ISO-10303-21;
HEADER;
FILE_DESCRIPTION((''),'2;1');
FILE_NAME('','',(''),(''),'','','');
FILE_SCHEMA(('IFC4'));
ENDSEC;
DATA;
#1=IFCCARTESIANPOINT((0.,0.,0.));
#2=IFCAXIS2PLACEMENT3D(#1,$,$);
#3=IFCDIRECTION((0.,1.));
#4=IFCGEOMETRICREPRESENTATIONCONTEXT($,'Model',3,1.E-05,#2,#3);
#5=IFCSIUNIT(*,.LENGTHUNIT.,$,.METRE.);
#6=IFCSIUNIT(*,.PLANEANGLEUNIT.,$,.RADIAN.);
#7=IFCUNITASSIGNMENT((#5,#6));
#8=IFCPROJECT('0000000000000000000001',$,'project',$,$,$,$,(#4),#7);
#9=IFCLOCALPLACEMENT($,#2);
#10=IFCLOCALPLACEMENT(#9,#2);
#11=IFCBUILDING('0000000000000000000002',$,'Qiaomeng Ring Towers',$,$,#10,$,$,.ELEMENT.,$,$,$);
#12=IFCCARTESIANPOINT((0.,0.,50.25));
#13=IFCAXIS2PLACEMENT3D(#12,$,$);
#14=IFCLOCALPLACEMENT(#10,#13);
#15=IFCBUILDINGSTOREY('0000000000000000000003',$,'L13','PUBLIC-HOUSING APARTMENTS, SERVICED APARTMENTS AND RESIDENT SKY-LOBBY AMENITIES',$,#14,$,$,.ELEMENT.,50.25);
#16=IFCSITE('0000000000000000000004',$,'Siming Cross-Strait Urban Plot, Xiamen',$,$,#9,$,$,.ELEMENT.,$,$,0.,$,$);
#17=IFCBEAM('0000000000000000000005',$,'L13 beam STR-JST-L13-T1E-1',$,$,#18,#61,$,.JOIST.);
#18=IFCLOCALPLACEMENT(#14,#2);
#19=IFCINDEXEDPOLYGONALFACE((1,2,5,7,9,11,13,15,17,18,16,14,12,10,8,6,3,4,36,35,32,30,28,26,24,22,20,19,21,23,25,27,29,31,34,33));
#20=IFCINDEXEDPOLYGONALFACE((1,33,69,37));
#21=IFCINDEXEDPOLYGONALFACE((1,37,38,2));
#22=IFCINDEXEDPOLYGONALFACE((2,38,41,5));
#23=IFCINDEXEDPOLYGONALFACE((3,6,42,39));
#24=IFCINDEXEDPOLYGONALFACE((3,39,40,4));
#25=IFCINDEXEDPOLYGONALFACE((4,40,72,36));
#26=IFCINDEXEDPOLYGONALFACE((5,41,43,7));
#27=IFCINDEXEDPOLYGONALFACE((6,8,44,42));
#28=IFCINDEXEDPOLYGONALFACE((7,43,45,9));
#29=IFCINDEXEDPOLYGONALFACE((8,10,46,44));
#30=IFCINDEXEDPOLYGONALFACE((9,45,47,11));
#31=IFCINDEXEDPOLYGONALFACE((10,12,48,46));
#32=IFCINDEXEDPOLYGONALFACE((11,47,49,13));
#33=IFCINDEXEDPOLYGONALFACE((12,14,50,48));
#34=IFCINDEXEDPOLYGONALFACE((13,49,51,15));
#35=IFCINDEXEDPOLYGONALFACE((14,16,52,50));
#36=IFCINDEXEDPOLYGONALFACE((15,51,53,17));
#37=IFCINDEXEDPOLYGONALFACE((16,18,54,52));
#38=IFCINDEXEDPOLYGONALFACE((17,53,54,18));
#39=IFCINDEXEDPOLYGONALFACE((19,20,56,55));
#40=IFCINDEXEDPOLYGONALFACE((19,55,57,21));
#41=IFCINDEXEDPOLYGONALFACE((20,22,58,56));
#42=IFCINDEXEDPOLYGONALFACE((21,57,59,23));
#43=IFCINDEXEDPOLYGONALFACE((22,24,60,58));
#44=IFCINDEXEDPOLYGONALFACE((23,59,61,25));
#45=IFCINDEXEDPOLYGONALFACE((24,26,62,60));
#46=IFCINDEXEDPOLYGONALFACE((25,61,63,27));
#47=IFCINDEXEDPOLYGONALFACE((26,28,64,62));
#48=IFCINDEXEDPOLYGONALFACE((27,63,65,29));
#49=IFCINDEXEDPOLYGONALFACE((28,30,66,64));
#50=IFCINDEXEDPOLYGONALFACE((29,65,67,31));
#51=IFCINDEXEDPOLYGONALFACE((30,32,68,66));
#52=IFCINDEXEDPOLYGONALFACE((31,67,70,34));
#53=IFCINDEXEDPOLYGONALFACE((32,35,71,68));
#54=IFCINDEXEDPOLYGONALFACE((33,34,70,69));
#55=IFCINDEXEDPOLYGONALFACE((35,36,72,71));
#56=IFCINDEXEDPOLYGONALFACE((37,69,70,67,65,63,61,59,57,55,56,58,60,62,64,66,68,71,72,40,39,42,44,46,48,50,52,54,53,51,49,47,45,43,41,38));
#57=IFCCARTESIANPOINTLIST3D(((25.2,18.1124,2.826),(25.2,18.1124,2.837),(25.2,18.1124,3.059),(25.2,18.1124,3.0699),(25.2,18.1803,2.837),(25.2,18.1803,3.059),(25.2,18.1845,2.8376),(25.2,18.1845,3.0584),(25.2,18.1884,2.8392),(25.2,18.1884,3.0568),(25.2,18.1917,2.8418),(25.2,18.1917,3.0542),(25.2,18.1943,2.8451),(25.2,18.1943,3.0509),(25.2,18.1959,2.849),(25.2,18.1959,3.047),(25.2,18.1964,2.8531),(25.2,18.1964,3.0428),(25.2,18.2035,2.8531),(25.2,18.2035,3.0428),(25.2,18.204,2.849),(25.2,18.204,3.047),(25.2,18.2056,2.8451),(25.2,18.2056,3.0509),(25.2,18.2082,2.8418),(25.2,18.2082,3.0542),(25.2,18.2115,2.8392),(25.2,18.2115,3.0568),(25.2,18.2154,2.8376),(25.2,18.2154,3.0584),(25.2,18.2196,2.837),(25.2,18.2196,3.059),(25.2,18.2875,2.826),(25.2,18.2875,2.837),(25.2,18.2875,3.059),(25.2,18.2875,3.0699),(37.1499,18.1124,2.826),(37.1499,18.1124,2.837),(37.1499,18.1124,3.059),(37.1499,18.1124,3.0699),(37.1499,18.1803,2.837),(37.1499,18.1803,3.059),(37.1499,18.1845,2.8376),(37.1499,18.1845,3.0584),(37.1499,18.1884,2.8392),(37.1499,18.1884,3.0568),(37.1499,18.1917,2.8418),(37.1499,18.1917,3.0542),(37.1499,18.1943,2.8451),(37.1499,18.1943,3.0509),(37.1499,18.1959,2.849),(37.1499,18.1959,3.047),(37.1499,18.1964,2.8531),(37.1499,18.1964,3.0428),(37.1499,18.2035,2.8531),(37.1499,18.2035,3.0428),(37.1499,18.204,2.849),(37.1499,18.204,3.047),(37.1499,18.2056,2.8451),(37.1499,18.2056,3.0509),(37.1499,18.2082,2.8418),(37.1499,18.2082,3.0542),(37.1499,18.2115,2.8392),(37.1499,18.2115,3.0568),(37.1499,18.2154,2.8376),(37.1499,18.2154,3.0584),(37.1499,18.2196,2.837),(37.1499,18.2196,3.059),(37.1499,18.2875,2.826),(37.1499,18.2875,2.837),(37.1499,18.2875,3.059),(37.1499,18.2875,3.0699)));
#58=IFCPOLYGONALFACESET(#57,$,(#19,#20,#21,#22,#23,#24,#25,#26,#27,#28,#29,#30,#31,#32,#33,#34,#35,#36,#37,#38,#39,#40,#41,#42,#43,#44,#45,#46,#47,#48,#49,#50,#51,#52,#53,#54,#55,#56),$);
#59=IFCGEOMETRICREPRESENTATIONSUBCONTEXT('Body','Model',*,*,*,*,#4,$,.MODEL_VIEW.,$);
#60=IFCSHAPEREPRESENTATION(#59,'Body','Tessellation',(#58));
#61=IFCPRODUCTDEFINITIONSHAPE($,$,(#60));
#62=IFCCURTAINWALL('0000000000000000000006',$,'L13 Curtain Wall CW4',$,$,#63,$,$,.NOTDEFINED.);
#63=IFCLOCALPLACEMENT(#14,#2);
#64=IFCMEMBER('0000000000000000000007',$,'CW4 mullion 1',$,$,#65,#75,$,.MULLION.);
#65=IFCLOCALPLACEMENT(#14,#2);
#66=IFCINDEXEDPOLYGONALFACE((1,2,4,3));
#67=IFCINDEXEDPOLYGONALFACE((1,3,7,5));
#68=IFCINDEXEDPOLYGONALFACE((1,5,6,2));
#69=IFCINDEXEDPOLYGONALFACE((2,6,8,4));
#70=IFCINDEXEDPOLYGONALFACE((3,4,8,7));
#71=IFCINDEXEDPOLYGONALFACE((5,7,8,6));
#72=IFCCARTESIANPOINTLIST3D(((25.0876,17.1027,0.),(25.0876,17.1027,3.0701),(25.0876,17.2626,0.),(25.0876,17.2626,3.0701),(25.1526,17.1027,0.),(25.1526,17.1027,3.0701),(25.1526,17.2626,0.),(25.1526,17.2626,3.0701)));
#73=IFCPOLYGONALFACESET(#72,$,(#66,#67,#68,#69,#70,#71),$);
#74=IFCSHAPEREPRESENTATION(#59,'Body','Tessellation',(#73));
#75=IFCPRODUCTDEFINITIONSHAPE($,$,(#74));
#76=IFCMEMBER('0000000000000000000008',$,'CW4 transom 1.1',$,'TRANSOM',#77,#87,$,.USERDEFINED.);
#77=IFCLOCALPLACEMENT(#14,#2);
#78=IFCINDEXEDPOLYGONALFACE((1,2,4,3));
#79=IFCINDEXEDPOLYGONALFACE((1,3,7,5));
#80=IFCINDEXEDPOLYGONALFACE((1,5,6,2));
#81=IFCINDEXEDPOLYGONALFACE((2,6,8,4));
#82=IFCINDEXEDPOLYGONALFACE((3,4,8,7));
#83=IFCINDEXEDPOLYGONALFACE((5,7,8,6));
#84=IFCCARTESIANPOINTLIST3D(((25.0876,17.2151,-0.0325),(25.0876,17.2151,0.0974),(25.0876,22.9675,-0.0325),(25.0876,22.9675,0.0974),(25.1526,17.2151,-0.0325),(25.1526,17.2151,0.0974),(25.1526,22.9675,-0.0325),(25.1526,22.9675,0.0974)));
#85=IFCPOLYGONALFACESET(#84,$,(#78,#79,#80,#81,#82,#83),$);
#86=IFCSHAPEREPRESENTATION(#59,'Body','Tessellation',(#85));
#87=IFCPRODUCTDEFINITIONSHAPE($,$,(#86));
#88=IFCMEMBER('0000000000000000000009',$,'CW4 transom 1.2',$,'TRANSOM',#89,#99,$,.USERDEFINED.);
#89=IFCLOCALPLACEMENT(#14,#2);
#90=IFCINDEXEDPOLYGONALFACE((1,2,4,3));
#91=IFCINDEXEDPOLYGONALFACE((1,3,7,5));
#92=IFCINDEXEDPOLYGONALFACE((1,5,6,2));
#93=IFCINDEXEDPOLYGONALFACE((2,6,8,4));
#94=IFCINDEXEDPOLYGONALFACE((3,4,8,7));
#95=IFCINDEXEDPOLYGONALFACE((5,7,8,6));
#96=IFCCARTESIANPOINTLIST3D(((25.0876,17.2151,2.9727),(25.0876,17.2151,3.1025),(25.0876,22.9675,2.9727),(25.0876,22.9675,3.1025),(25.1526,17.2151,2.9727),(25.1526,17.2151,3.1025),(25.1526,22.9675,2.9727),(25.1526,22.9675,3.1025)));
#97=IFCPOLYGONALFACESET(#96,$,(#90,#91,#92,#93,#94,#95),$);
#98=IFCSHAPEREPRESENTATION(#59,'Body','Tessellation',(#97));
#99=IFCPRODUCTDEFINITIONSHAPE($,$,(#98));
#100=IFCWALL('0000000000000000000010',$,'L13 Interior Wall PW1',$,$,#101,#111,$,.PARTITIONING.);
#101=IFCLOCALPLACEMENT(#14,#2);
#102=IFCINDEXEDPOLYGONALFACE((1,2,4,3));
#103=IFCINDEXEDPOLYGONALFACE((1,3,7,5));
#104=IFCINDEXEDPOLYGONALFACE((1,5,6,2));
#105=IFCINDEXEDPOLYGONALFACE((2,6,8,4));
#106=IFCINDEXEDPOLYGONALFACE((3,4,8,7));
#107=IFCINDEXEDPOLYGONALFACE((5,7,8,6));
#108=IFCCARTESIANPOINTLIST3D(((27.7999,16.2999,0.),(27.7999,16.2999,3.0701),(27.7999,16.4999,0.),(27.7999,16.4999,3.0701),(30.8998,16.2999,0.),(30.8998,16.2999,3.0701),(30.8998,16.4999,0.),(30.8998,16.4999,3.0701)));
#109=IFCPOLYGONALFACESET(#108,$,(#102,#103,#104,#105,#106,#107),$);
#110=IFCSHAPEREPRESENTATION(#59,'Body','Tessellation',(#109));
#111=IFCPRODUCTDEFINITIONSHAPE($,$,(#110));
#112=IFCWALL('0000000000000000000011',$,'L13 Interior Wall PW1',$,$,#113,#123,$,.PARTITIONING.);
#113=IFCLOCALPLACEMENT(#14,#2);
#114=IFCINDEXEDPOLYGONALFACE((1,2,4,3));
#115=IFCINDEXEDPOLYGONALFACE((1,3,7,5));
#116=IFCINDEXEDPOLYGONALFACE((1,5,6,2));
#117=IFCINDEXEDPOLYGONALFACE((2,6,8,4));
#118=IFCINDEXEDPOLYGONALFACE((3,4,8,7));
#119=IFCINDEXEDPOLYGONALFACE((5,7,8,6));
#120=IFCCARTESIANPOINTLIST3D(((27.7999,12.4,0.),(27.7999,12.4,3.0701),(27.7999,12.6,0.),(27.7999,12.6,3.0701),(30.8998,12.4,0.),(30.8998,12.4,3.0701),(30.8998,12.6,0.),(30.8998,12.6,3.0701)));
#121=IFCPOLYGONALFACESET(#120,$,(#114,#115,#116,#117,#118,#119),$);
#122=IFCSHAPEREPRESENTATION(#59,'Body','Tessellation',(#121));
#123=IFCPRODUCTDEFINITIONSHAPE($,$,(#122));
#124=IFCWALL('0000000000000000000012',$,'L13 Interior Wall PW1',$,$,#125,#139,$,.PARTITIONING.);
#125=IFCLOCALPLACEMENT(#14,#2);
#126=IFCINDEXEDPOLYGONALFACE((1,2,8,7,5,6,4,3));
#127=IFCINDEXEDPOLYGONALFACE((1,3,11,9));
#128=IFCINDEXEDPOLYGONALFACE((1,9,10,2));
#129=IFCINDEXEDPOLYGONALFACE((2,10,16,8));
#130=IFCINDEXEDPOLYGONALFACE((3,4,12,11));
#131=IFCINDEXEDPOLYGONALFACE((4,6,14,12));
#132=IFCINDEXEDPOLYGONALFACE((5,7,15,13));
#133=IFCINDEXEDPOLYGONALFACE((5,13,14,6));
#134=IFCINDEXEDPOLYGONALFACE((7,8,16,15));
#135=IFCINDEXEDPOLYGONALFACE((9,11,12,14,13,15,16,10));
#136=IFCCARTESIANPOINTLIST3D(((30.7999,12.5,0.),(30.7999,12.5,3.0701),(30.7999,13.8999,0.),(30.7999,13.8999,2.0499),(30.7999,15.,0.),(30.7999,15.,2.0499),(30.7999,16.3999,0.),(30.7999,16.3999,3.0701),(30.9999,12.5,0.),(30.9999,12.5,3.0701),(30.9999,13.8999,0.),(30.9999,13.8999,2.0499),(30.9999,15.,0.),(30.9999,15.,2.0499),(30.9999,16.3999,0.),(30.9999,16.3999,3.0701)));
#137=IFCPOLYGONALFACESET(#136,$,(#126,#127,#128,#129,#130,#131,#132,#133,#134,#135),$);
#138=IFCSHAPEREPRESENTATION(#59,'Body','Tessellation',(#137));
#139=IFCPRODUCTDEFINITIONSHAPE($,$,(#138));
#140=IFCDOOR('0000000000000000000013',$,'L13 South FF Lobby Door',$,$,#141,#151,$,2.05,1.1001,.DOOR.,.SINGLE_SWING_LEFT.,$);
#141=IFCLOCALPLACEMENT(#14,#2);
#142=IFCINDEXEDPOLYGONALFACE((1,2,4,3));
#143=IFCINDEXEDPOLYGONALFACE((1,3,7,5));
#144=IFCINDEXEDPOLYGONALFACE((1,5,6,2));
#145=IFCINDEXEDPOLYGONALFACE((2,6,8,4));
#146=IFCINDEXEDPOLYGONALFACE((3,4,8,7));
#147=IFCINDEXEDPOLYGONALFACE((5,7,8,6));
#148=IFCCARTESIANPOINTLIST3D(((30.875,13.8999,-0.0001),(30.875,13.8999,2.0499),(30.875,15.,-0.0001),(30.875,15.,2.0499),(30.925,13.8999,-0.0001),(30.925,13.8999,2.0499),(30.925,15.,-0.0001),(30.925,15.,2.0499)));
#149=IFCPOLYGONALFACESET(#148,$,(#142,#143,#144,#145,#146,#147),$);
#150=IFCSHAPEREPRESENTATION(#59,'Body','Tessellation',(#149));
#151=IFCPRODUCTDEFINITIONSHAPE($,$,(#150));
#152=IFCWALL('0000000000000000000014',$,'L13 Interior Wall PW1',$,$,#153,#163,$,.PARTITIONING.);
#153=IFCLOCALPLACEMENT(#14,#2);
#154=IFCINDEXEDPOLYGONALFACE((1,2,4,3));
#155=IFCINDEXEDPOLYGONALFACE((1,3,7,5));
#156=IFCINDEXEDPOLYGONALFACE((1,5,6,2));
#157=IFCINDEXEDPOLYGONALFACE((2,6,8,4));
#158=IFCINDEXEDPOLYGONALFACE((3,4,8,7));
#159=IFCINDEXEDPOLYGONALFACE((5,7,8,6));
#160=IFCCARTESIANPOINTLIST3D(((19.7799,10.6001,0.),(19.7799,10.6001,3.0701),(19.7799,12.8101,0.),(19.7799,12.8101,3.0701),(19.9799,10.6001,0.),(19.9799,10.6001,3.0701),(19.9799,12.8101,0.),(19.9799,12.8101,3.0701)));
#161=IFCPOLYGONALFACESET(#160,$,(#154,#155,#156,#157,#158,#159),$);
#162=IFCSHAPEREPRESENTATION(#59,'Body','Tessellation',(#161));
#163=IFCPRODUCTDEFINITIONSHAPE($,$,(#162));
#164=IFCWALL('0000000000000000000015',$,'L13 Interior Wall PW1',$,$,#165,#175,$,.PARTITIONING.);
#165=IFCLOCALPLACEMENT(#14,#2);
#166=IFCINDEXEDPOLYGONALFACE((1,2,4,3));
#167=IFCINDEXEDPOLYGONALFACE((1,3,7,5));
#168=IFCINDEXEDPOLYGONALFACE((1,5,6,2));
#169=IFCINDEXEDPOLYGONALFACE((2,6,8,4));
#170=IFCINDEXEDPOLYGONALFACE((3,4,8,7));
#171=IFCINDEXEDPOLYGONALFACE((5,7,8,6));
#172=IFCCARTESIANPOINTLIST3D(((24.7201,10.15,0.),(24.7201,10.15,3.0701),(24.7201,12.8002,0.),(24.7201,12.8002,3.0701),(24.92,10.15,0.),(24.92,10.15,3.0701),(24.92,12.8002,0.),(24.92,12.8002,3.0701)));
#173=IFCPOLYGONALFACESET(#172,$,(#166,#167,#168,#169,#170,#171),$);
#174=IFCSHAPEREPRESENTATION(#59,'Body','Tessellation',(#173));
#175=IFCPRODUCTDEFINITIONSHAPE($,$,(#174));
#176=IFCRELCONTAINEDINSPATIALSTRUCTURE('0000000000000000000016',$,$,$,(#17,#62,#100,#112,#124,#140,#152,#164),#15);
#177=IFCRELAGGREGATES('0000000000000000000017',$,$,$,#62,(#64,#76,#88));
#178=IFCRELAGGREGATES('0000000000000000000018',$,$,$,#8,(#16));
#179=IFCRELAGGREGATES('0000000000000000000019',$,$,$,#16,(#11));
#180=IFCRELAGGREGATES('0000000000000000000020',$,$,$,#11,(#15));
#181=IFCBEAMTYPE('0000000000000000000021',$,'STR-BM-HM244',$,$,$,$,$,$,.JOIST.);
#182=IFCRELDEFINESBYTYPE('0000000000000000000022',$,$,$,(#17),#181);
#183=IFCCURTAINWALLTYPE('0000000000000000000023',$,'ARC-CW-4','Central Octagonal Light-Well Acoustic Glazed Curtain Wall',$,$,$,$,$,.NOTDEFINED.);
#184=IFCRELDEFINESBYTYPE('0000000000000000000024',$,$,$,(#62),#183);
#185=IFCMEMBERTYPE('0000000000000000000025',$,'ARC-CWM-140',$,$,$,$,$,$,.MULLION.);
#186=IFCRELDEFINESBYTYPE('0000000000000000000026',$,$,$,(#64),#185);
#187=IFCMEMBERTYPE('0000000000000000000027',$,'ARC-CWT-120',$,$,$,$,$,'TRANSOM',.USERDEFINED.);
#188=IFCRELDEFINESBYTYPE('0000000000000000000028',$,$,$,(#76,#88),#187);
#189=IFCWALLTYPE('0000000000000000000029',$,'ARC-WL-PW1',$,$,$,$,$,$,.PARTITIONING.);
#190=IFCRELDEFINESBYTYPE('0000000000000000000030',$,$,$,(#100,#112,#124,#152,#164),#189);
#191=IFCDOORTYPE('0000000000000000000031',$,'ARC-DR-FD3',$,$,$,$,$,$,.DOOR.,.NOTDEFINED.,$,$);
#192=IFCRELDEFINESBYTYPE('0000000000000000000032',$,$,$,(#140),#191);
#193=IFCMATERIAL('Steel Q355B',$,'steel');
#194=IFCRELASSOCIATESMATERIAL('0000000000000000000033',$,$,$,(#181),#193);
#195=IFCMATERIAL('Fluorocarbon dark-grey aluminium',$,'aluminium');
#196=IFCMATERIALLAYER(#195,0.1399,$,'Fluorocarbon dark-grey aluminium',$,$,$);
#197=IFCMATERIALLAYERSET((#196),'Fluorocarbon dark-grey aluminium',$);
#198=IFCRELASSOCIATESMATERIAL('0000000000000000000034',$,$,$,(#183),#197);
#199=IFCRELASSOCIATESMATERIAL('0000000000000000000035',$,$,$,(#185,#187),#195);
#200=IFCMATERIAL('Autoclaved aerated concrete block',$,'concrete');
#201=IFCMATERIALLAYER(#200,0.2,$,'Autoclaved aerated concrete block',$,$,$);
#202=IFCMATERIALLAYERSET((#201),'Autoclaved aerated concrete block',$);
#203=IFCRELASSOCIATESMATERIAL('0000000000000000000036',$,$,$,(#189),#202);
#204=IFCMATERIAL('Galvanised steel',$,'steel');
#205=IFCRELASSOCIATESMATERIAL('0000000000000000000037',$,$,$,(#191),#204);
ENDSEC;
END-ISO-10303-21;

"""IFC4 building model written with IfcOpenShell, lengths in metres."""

from ifc_helpers import new_model, si_unit, direction, frame, frame_2d, origin, origin_2d, place, context, subcontext, project, spatial, rectangle, i_section, extrude, source, transform, mapped, material, layer, layer_set, material_profile, profile_set, type_object, element, fill, aggregate, save


model = new_model("IFC4")

# Units and contexts
model_context = context("Model", 3, precision=1e-05, world=origin(), true_north=direction((0.0, 1.0)))
body_context = subcontext(model_context, "Body", "Model", "MODEL_VIEW")
ifc_project = project(units=[si_unit("LENGTHUNIT", "METRE"), si_unit("PLANEANGLEUNIT", "RADIAN")], contexts=[model_context])

# Site, building, storey
site_placement = place(None, origin())
site = spatial("IfcSite", under=ifc_project, at=site_placement, Name="Siming Cross-Strait Urban Plot, Xiamen", CompositionType="ELEMENT", RefElevation=0.0)
building_placement = place(site_placement, origin())
building = spatial("IfcBuilding", under=site, at=building_placement, Name="Qiaomeng Ring Towers", CompositionType="ELEMENT")
storey_placement = place(building_placement, frame((0.0, 0.0, 50.25)))
storey = spatial("IfcBuildingStorey", under=building, at=storey_placement, Name="L13", Description="PUBLIC-HOUSING APARTMENTS, SERVICED APARTMENTS AND RESIDENT SKY-LOBBY AMENITIES", CompositionType="ELEMENT", Elevation=50.25)

# Beam
ifc_material_1 = material(Name="Steel Q355B", Category="steel")
ifc_material_profile_1 = material_profile(ifc_material_1, i_section(OverallWidth=0.175, OverallDepth=0.2439, WebThickness=0.0071, FlangeThickness=0.011, FilletRadius=0.0161, at=origin_2d()), Name="HM 244x175x7x11")
ifc_profile_set_1 = profile_set([ifc_material_profile_1], Name="Steel Q355B")
beam_type_1 = type_object("IfcBeamType", Name="STR-BM-HM244", PredefinedType="JOIST", material=ifc_profile_set_1)
shared_shape_1 = source(origin(), body_context, "Body", "SweptSolid", [
    extrude(i_section(OverallWidth=0.175, OverallDepth=0.2439, WebThickness=0.0071, FlangeThickness=0.011, FilletRadius=0.0161, at=origin_2d()), origin(), (0.0, 0.0, 1.0), 11.95),
])
beam_1_placement = place(storey_placement, frame((25.2, 18.2, 2.948), z_axis=(1.0, 0.0, 0.0), x_axis=(0.0, 1.0, 0.0)))
element("IfcBeam", 1, at=beam_1_placement, inside=storey, type_object=beam_type_1, Name="L13 beam STR-JST-L13-T1E-1", PredefinedType="JOIST", context=body_context, shape_type="MappedRepresentation", body=[
    mapped(shared_shape_1, transform((0.0, 0.0, 0.0), x_axis=(1.0, 0.0, 0.0), y_axis=(0.0, 1.0, 0.0), z_axis=(0.0, 0.0, 1.0), scale=1.0)),
])

# Curtain wall, members
ifc_material_2 = material(Name="Fluorocarbon dark-grey aluminium", Category="aluminium")
ifc_layer_1 = layer(ifc_material_2, 0.1399, Name="Fluorocarbon dark-grey aluminium")
ifc_layer_set_1 = layer_set([ifc_layer_1], Name="Fluorocarbon dark-grey aluminium")
curtain_wall_type = type_object("IfcCurtainWallType", Name="ARC-CW-4", Description="Central Octagonal Light-Well Acoustic Glazed Curtain Wall", PredefinedType="NOTDEFINED", material=ifc_layer_set_1)
curtain_wall_placement = place(storey_placement, origin())
curtain_wall = element("IfcCurtainWall", 2, at=curtain_wall_placement, inside=storey, type_object=curtain_wall_type, Name="L13 Curtain Wall CW4", PredefinedType="NOTDEFINED")
ifc_material_profile_2 = material_profile(ifc_material_2, rectangle(XDim=0.0649, YDim=0.1599, at=origin_2d()), Name="ALU MULL 65x160")
ifc_profile_set_2 = profile_set([ifc_material_profile_2], Name="Fluorocarbon dark-grey aluminium")
member_type_1 = type_object("IfcMemberType", Name="ARC-CWM-140", PredefinedType="MULLION", material=ifc_profile_set_2)
shared_shape_2 = source(origin(), body_context, "Body", "SweptSolid", [
    extrude(rectangle(XDim=0.0649, YDim=0.1599, at=origin_2d()), origin(), (0.0, 0.0, 1.0), 3.0701),
])
member_1_placement = place(storey_placement, frame((25.1201, 17.1826, 0.0), z_axis=(0.0, 0.0, 1.0), x_axis=(-1.0, 0.0, 0.0)))
member_1 = element("IfcMember", 3, at=member_1_placement, type_object=member_type_1, Name="CW4 mullion 1", PredefinedType="MULLION", context=body_context, shape_type="MappedRepresentation", body=[
    mapped(shared_shape_2, transform((0.0, 0.0, 0.0), x_axis=(1.0, 0.0, 0.0), y_axis=(0.0, 1.0, 0.0), z_axis=(0.0, 0.0, 1.0), scale=1.0)),
])
ifc_material_profile_3 = material_profile(ifc_material_2, rectangle(XDim=0.0649, YDim=0.1299, at=origin_2d()), Name="ALU TRAN 65x130")
ifc_profile_set_3 = profile_set([ifc_material_profile_3], Name="Fluorocarbon dark-grey aluminium")
member_type_2 = type_object("IfcMemberType", Name="ARC-CWT-120", ElementType="TRANSOM", PredefinedType="USERDEFINED", material=ifc_profile_set_3)
shared_shape_3 = source(origin(), body_context, "Body", "SweptSolid", [
    extrude(rectangle(XDim=0.0649, YDim=0.1299, at=origin_2d()), origin(), (0.0, 0.0, 1.0), 5.7524),
])
member_2_placement = place(storey_placement, frame((25.1201, 17.2151, 0.0325), z_axis=(0.0, 1.0, 0.0), x_axis=(-1.0, 0.0, 0.0)))
member_2 = element("IfcMember", 4, at=member_2_placement, type_object=member_type_2, Name="CW4 transom 1.1", ObjectType="TRANSOM", PredefinedType="USERDEFINED", context=body_context, shape_type="MappedRepresentation", body=[
    mapped(shared_shape_3, transform((0.0, 0.0, 0.0), x_axis=(1.0, 0.0, 0.0), y_axis=(0.0, 1.0, 0.0), z_axis=(0.0, 0.0, 1.0), scale=1.0)),
])
member_3_placement = place(storey_placement, frame((25.1201, 17.2151, 3.0376), z_axis=(0.0, 1.0, 0.0), x_axis=(-1.0, 0.0, 0.0)))
member_3 = element("IfcMember", 5, at=member_3_placement, type_object=member_type_2, Name="CW4 transom 1.2", ObjectType="TRANSOM", PredefinedType="USERDEFINED", context=body_context, shape_type="MappedRepresentation", body=[
    mapped(shared_shape_3, transform((0.0, 0.0, 0.0), x_axis=(1.0, 0.0, 0.0), y_axis=(0.0, 1.0, 0.0), z_axis=(0.0, 0.0, 1.0), scale=1.0)),
])
aggregate(curtain_wall, [member_1, member_2, member_3])

# Walls
ifc_material_3 = material(Name="Autoclaved aerated concrete block", Category="concrete")
ifc_layer_2 = layer(ifc_material_3, 0.2, Name="Autoclaved aerated concrete block")
ifc_layer_set_2 = layer_set([ifc_layer_2], Name="Autoclaved aerated concrete block")
wall_type_1 = type_object("IfcWallType", Name="ARC-WL-PW1", PredefinedType="PARTITIONING", material=ifc_layer_set_2)
for number, where, z_axis, x_axis, name in (
    (6, (27.8, 16.3999, 0.0), (0.0, 0.0, 1.0), (1.0, 0.0, 0.0), "L13 Interior Wall PW1"),
    (7, (27.8, 12.5, 0.0), (0.0, 0.0, 1.0), (1.0, 0.0, 0.0), "L13 Interior Wall PW1"),
):
    element("IfcWall", number, at=place(storey_placement, frame(where, z_axis=z_axis, x_axis=x_axis)), inside=storey, type_object=wall_type_1, Name=name, PredefinedType="PARTITIONING", context=body_context, shape_type="SweptSolid", body=[
        extrude(rectangle(XDim=3.0999, YDim=0.2, at=frame_2d((1.5498, 0.0))), origin(), (0.0, 0.0, 1.0), 3.0701),
    ])

# Wall, opening, door
wall_1_placement = place(storey_placement, frame((30.8999, 12.5, 0.0), z_axis=(0.0, 0.0, 1.0), x_axis=(0.0, 1.0, 0.0)))
wall_1 = element("IfcWall", 8, at=wall_1_placement, inside=storey, type_object=wall_type_1, Name="L13 Interior Wall PW1", PredefinedType="PARTITIONING", context=body_context, shape_type="SweptSolid", body=[
    extrude(rectangle(XDim=3.8999, YDim=0.2, at=frame_2d((1.95, 0.0))), origin(), (0.0, 0.0, 1.0), 3.0701),
])
opening_1_placement = place(wall_1_placement, frame((1.3999, 0.0, 0.0)))
opening_1 = element("IfcOpeningElement", 9, at=opening_1_placement, cuts=wall_1, PredefinedType="OPENING", context=body_context, shape_type="SweptSolid", body=[
    extrude(rectangle(XDim=1.1001, YDim=2.05, at=frame_2d((0.55, 1.0249))), frame((0.0, 0.1099, 0.0), z_axis=(0.0, -1.0, 0.0), x_axis=(1.0, 0.0, 0.0)), (0.0, 0.0, 1.0), 0.22),
])
ifc_material_4 = material(Name="Galvanised steel", Category="steel")
door_type_1 = type_object("IfcDoorType", Name="ARC-DR-FD3", OperationType="NOTDEFINED", PredefinedType="DOOR", material=ifc_material_4)
shared_shape_4 = source(origin(), body_context, "Body", "SweptSolid", [
    extrude(rectangle(XDim=1.1001, YDim=2.05, at=frame_2d((0.55, 1.0249))), frame((0.0, 0.0249, 0.0), z_axis=(0.0, -1.0, 0.0), x_axis=(1.0, 0.0, 0.0)), (0.0, 0.0, 1.0), 0.05),
])
door_1_placement = place(opening_1_placement, origin())
door_1 = element("IfcDoor", 10, at=door_1_placement, inside=storey, type_object=door_type_1, Name="L13 South FF Lobby Door", OperationType="SINGLE_SWING_LEFT", OverallHeight=2.05, OverallWidth=1.1001, PredefinedType="DOOR", context=body_context, shape_type="MappedRepresentation", body=[
    mapped(shared_shape_4, transform((0.0, 0.0, 0.0), x_axis=(1.0, 0.0, 0.0), y_axis=(0.0, 1.0, 0.0), z_axis=(0.0, 0.0, 1.0), scale=1.0)),
])
fill(opening_1, door_1)

# Walls
wall_2_placement = place(storey_placement, frame((19.8799, 10.6001, 0.0), z_axis=(0.0, 0.0, 1.0), x_axis=(0.0, 1.0, 0.0)))
element("IfcWall", 11, at=wall_2_placement, inside=storey, type_object=wall_type_1, Name="L13 Interior Wall PW1", PredefinedType="PARTITIONING", context=body_context, shape_type="SweptSolid", body=[
    extrude(rectangle(XDim=2.21, YDim=0.2, at=frame_2d((1.105, 0.0))), origin(), (0.0, 0.0, 1.0), 3.0701),
])
wall_3_placement = place(storey_placement, frame((24.8201, 10.1499, 0.0), z_axis=(0.0, 0.0, 1.0), x_axis=(0.0, 1.0, 0.0)))
element("IfcWall", 12, at=wall_3_placement, inside=storey, type_object=wall_type_1, Name="L13 Interior Wall PW1", PredefinedType="PARTITIONING", context=body_context, shape_type="SweptSolid", body=[
    extrude(rectangle(XDim=2.6501, YDim=0.2, at=frame_2d((1.3252, 0.0))), origin(), (0.0, 0.0, 1.0), 3.0701),
])

save(model, "model.ifc")
